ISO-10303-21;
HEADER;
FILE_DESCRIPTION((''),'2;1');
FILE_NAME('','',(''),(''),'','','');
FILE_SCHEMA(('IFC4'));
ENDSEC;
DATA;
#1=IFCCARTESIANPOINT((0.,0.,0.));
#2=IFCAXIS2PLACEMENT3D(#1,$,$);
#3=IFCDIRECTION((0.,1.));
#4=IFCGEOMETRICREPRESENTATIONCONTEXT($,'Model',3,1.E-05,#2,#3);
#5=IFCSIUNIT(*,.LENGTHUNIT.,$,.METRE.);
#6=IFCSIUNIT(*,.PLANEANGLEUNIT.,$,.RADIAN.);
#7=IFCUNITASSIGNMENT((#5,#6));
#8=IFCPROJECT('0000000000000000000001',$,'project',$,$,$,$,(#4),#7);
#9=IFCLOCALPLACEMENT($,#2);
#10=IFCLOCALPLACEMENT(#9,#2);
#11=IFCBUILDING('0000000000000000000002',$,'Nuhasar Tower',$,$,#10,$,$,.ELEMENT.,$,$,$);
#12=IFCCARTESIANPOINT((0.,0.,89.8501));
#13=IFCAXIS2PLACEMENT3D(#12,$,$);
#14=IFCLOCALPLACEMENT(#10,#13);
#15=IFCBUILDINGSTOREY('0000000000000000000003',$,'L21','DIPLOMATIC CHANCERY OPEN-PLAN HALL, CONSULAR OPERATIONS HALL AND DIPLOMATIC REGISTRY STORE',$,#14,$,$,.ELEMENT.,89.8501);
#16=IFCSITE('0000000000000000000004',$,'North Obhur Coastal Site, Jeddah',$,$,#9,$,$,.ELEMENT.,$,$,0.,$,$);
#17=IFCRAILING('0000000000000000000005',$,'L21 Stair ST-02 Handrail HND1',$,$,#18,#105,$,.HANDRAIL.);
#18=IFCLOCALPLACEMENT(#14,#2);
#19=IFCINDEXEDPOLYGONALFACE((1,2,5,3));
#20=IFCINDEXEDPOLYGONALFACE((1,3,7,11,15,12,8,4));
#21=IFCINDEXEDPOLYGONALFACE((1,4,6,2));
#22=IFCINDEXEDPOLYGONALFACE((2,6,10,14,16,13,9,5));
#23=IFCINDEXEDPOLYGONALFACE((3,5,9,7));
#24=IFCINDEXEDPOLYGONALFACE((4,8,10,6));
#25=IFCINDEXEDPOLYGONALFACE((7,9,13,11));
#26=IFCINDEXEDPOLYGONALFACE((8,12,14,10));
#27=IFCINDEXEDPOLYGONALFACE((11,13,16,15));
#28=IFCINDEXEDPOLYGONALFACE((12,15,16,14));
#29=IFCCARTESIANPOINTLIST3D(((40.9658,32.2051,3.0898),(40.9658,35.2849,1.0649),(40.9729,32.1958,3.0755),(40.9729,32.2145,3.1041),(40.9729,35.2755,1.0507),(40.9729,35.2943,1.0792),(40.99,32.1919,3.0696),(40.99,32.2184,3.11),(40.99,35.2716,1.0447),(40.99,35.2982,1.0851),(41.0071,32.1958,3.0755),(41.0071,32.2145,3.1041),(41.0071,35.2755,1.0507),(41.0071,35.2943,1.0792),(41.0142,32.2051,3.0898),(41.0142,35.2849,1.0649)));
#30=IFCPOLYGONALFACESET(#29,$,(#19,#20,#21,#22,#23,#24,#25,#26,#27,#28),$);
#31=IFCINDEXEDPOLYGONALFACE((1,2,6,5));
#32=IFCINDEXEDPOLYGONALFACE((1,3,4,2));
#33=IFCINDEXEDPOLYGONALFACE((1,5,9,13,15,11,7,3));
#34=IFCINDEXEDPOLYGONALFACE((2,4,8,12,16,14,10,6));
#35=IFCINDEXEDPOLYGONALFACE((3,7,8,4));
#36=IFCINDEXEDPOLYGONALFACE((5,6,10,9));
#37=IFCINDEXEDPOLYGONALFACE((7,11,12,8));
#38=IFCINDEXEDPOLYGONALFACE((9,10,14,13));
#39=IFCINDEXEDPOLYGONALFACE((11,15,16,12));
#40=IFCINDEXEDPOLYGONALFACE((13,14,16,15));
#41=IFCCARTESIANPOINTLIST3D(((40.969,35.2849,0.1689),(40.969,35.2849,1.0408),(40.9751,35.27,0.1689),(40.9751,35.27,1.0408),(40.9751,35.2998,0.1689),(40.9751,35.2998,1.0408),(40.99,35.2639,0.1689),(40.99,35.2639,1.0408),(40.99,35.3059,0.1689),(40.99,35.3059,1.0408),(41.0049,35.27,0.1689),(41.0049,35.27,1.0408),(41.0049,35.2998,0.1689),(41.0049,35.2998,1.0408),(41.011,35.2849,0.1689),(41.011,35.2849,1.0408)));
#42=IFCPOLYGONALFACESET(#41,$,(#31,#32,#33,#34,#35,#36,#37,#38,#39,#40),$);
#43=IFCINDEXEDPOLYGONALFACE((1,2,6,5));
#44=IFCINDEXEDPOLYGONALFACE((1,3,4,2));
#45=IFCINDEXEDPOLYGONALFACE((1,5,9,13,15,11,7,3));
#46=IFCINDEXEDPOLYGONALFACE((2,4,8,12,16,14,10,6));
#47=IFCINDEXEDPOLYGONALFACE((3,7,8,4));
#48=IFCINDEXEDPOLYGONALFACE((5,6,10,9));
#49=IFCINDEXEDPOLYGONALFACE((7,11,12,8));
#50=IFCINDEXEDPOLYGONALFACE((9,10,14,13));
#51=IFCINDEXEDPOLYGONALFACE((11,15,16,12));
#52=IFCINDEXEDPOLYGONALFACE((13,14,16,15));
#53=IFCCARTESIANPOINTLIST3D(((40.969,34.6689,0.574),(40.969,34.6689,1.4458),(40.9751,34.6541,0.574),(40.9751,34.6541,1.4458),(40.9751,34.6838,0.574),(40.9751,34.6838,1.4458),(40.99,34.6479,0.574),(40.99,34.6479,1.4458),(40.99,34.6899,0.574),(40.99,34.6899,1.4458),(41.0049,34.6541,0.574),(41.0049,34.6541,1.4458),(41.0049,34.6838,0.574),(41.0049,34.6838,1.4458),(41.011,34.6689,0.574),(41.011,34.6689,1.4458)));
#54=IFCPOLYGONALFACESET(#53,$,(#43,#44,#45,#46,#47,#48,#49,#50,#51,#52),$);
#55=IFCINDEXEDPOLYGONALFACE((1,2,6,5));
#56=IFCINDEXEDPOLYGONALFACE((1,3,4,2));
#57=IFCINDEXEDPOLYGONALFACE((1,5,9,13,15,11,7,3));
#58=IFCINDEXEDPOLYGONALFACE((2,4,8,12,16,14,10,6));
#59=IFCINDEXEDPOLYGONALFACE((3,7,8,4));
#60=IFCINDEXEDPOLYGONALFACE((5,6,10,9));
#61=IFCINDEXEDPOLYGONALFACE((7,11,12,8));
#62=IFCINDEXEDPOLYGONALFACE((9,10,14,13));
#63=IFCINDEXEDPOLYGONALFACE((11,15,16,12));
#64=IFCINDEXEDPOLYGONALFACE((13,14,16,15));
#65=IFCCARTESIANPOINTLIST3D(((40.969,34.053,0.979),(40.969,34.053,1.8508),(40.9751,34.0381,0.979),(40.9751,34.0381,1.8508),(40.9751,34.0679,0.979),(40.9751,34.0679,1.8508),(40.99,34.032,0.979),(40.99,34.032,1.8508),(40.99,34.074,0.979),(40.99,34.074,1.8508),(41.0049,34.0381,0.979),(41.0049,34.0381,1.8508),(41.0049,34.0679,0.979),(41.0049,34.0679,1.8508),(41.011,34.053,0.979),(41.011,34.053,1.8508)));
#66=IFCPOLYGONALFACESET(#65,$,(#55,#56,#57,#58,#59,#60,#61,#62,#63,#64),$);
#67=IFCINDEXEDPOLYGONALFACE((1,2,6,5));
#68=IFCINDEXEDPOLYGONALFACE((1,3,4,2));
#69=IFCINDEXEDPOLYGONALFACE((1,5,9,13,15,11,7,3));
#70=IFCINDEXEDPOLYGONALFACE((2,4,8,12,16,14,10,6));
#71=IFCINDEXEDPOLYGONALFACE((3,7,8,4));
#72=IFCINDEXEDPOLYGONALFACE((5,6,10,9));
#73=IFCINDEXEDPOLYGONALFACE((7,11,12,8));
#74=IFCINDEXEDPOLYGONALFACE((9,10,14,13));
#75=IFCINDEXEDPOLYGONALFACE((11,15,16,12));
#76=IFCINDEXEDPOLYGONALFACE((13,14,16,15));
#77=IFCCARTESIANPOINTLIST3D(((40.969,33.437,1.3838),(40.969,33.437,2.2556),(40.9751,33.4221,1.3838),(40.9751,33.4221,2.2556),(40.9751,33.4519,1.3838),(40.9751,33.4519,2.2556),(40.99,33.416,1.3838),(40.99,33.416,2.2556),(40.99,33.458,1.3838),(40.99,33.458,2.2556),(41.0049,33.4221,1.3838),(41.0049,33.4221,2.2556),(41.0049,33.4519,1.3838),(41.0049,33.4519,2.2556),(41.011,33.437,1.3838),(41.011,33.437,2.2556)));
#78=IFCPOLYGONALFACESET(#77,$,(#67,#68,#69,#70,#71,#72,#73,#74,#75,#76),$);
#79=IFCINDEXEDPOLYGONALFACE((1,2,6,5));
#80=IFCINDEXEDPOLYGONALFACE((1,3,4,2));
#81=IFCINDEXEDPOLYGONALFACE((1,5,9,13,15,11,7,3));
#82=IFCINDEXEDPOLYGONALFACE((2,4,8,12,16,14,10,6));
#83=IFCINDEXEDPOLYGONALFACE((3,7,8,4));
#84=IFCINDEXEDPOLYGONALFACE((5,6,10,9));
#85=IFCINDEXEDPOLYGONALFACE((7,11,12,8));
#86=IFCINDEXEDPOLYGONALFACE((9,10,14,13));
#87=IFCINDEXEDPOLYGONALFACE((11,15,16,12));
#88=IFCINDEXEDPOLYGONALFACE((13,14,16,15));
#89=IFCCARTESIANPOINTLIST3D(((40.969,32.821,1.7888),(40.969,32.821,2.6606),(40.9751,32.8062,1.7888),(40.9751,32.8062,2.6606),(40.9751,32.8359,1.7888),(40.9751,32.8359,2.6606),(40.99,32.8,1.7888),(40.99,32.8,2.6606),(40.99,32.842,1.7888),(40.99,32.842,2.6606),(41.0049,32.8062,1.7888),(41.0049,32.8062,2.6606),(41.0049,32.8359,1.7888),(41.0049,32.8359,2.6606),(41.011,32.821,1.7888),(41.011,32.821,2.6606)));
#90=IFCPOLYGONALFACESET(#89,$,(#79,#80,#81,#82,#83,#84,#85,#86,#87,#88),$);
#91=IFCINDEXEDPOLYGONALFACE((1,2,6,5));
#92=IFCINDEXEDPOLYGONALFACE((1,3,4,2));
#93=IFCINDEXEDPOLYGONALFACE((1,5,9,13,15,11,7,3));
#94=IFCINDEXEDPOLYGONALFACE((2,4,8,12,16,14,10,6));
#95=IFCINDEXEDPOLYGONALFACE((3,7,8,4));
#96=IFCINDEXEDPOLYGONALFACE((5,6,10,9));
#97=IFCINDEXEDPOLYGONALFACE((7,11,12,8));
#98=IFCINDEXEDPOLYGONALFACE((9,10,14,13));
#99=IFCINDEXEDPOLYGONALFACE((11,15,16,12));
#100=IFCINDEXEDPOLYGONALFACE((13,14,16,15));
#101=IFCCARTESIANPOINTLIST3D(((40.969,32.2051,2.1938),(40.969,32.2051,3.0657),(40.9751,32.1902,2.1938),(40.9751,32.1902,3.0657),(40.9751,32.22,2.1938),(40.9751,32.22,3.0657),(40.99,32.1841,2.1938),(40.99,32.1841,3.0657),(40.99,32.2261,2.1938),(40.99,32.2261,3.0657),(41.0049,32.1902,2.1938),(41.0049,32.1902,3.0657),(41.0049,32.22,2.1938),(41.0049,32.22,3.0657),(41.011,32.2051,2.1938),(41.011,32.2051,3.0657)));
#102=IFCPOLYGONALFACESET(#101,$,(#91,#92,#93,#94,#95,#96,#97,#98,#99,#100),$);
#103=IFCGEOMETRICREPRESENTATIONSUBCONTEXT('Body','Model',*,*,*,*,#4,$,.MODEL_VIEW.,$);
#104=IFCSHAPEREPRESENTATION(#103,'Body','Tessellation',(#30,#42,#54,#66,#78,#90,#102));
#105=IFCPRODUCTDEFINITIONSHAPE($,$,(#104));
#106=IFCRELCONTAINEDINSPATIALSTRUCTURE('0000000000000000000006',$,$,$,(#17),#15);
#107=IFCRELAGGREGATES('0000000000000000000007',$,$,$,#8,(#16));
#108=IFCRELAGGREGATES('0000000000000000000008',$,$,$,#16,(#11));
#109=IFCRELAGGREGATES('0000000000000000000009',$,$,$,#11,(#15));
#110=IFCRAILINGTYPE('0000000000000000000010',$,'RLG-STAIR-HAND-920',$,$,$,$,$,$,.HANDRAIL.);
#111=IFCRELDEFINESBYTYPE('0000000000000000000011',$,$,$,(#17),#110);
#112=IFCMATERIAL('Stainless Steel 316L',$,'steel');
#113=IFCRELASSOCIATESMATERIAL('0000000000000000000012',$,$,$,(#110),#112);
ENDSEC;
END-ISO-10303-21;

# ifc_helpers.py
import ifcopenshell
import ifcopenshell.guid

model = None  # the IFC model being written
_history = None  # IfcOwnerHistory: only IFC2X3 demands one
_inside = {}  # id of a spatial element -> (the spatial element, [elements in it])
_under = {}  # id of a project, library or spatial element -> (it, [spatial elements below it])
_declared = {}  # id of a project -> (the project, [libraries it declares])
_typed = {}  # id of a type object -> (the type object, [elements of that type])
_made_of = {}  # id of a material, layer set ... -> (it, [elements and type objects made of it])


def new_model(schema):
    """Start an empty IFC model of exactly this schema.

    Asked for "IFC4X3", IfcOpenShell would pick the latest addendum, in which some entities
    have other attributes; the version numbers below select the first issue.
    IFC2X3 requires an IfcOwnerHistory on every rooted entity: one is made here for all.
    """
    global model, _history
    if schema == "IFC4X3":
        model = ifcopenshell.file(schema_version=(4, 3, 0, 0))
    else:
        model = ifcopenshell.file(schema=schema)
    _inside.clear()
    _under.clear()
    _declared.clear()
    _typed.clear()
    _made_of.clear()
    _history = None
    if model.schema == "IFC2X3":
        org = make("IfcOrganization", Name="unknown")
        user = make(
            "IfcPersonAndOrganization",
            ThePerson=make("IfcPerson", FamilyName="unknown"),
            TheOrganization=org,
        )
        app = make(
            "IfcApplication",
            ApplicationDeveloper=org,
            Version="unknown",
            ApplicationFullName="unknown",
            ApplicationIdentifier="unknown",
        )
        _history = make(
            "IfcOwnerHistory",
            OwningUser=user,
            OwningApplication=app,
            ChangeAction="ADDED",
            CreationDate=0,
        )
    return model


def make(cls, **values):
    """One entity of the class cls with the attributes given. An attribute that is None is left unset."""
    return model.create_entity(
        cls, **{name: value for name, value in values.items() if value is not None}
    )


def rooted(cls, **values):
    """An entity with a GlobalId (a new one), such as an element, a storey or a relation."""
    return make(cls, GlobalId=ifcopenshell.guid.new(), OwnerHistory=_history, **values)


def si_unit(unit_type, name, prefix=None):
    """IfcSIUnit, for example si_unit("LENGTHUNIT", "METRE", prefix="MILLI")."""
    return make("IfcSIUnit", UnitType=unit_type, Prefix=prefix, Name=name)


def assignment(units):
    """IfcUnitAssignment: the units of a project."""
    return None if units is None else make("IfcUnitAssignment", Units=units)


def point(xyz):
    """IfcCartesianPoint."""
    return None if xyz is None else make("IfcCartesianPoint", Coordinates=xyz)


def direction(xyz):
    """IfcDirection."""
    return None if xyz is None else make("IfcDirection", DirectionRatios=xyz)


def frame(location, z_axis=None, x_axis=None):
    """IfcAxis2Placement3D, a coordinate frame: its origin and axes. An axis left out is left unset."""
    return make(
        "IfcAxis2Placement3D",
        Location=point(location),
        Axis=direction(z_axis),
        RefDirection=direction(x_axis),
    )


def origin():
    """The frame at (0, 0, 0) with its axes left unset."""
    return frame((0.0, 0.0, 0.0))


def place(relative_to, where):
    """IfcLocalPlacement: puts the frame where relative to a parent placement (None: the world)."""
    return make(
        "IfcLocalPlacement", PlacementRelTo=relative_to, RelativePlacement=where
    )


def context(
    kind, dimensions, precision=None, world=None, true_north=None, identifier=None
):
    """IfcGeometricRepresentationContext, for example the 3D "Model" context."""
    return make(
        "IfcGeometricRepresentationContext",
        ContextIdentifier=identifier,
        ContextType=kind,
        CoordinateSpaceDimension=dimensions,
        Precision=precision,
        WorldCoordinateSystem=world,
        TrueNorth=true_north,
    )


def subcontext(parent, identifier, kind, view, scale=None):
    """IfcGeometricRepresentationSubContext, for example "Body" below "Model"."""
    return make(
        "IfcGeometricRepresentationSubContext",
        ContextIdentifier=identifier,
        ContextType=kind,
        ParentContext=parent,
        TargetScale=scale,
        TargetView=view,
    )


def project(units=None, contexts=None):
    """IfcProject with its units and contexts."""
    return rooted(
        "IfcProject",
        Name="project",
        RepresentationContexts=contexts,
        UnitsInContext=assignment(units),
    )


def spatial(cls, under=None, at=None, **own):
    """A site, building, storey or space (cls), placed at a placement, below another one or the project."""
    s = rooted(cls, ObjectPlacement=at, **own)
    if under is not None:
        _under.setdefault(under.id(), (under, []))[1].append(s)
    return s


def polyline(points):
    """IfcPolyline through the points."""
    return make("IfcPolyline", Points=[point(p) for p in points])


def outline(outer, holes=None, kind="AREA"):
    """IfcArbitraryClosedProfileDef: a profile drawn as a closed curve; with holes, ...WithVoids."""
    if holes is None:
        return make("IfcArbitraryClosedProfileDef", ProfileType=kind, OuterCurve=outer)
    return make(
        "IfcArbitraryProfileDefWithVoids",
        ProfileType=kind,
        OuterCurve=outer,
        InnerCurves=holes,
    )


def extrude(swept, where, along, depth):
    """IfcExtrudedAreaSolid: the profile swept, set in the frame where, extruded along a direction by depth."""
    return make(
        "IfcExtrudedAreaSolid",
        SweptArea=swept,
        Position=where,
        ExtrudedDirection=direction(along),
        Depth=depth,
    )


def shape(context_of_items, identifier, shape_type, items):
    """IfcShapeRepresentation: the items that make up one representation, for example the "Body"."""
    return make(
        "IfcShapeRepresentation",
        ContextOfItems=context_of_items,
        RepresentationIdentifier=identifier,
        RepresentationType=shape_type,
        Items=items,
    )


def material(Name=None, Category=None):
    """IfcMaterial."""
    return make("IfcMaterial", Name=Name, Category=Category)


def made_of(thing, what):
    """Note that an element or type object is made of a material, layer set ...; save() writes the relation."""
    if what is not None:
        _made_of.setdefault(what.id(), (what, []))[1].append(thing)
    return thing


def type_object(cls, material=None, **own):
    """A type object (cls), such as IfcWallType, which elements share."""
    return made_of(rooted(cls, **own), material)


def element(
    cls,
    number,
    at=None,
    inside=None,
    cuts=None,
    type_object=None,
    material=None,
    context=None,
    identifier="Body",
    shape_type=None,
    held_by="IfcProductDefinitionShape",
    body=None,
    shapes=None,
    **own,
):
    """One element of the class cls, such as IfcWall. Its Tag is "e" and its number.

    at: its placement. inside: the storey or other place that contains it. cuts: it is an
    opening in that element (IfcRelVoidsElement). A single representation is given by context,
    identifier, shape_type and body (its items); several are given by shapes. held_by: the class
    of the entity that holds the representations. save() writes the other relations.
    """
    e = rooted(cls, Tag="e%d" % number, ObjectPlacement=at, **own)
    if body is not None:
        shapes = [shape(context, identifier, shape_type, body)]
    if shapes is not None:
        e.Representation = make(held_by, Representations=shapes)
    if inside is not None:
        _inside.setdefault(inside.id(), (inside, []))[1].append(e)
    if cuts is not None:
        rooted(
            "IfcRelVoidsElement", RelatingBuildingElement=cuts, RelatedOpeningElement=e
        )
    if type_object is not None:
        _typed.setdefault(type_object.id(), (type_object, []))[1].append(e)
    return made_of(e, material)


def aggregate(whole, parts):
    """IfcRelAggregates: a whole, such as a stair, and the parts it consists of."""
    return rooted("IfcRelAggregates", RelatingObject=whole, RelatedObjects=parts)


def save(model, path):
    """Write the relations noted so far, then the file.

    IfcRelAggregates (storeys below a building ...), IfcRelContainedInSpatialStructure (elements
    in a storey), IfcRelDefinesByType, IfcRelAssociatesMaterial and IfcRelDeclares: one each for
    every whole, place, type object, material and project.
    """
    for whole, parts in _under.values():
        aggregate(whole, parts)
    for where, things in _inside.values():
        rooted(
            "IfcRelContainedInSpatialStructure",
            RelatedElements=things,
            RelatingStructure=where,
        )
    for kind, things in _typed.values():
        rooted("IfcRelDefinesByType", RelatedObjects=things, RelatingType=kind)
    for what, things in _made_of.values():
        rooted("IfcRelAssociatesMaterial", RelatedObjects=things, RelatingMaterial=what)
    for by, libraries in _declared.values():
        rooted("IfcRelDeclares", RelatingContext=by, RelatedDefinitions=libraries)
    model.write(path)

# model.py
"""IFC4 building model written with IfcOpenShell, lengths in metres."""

from ifc_helpers import new_model, si_unit, direction, frame, origin, place, context, subcontext, project, spatial, polyline, outline, extrude, material, type_object, element, save


model = new_model("IFC4")

# Units and contexts
model_context = context("Model", 3, precision=1e-05, world=origin(), true_north=direction((0.0, 1.0)))
body_context = subcontext(model_context, "Body", "Model", "MODEL_VIEW")
ifc_project = project(units=[si_unit("LENGTHUNIT", "METRE"), si_unit("PLANEANGLEUNIT", "RADIAN")], contexts=[model_context])

# Site, building, storey
site_placement = place(None, origin())
site = spatial("IfcSite", under=ifc_project, at=site_placement, Name="North Obhur Coastal Site, Jeddah", CompositionType="ELEMENT", RefElevation=0.0)
building_placement = place(site_placement, origin())
building = spatial("IfcBuilding", under=site, at=building_placement, Name="Nuhasar Tower", CompositionType="ELEMENT")
storey_placement = place(building_placement, frame((0.0, 0.0, 89.8501)))
storey = spatial("IfcBuildingStorey", under=building, at=storey_placement, Name="L21", Description="DIPLOMATIC CHANCERY OPEN-PLAN HALL, CONSULAR OPERATIONS HALL AND DIPLOMATIC REGISTRY STORE", CompositionType="ELEMENT", Elevation=89.8501)

# Railing
ifc_material_1 = material(Name="Stainless Steel 316L", Category="steel")
railing_type_1 = type_object("IfcRailingType", Name="RLG-STAIR-HAND-920", PredefinedType="HANDRAIL", material=ifc_material_1)
railing_1_placement = place(storey_placement, frame((40.99, 35.2849, 0.1689)))
element("IfcRailing", 1, at=railing_1_placement, inside=storey, type_object=railing_type_1, Name="L21 Stair ST-02 Handrail HND1", PredefinedType="HANDRAIL", context=body_context, shape_type="SweptSolid", body=[
    extrude(outline(polyline([(0.0242, 0.0), (0.0171, 0.0171), (0.0, 0.0242), (-0.0171, 0.0171), (-0.0242, 0.0), (-0.0171, -0.0171), (0.0, -0.0242), (0.0171, -0.0171), (0.0242, 0.0)])), frame((0.0, 0.0, 0.896), z_axis=(0.0, -0.83558, 0.54937), x_axis=(1.0, 0.0, 0.0)), (0.0, 0.0, 1.0), 3.6858),
    extrude(outline(polyline([(0.021, 0.0), (0.0149, 0.0149), (0.0, 0.021), (-0.0149, 0.0149), (-0.021, 0.0), (-0.0149, -0.0149), (0.0, -0.021), (0.0149, -0.0149), (0.021, 0.0)])), origin(), (0.0, 0.0, 1.0), 0.8718),
    extrude(outline(polyline([(0.021, 0.0), (0.0149, 0.0149), (0.0, 0.021), (-0.0149, 0.0149), (-0.021, 0.0), (-0.0149, -0.0149), (0.0, -0.021), (0.0149, -0.0149), (0.021, 0.0)])), frame((0.0, -0.616, 0.405)), (0.0, 0.0, 1.0), 0.8718),
    extrude(outline(polyline([(0.021, 0.0), (0.0149, 0.0149), (0.0, 0.021), (-0.0149, 0.0149), (-0.021, 0.0), (-0.0149, -0.0149), (0.0, -0.021), (0.0149, -0.0149), (0.021, 0.0)])), frame((0.0, -1.2319, 0.8101)), (0.0, 0.0, 1.0), 0.8718),
    extrude(outline(polyline([(0.021, 0.0), (0.0149, 0.0149), (0.0, 0.021), (-0.0149, 0.0149), (-0.021, 0.0), (-0.0149, -0.0149), (0.0, -0.021), (0.0149, -0.0149), (0.021, 0.0)])), frame((0.0, -1.8479, 1.2148)), (0.0, 0.0, 1.0), 0.8718),
    extrude(outline(polyline([(0.021, 0.0), (0.0149, 0.0149), (0.0, 0.021), (-0.0149, 0.0149), (-0.021, 0.0), (-0.0149, -0.0149), (0.0, -0.021), (0.0149, -0.0149), (0.021, 0.0)])), frame((0.0, -2.4639, 1.6199)), (0.0, 0.0, 1.0), 0.8718),
    extrude(outline(polyline([(0.021, 0.0), (0.0149, 0.0149), (0.0, 0.021), (-0.0149, 0.0149), (-0.021, 0.0), (-0.0149, -0.0149), (0.0, -0.021), (0.0149, -0.0149), (0.021, 0.0)])), frame((0.0, -3.0798, 2.0249)), (0.0, 0.0, 1.0), 0.8718),
])

save(model, "model.ifc")
